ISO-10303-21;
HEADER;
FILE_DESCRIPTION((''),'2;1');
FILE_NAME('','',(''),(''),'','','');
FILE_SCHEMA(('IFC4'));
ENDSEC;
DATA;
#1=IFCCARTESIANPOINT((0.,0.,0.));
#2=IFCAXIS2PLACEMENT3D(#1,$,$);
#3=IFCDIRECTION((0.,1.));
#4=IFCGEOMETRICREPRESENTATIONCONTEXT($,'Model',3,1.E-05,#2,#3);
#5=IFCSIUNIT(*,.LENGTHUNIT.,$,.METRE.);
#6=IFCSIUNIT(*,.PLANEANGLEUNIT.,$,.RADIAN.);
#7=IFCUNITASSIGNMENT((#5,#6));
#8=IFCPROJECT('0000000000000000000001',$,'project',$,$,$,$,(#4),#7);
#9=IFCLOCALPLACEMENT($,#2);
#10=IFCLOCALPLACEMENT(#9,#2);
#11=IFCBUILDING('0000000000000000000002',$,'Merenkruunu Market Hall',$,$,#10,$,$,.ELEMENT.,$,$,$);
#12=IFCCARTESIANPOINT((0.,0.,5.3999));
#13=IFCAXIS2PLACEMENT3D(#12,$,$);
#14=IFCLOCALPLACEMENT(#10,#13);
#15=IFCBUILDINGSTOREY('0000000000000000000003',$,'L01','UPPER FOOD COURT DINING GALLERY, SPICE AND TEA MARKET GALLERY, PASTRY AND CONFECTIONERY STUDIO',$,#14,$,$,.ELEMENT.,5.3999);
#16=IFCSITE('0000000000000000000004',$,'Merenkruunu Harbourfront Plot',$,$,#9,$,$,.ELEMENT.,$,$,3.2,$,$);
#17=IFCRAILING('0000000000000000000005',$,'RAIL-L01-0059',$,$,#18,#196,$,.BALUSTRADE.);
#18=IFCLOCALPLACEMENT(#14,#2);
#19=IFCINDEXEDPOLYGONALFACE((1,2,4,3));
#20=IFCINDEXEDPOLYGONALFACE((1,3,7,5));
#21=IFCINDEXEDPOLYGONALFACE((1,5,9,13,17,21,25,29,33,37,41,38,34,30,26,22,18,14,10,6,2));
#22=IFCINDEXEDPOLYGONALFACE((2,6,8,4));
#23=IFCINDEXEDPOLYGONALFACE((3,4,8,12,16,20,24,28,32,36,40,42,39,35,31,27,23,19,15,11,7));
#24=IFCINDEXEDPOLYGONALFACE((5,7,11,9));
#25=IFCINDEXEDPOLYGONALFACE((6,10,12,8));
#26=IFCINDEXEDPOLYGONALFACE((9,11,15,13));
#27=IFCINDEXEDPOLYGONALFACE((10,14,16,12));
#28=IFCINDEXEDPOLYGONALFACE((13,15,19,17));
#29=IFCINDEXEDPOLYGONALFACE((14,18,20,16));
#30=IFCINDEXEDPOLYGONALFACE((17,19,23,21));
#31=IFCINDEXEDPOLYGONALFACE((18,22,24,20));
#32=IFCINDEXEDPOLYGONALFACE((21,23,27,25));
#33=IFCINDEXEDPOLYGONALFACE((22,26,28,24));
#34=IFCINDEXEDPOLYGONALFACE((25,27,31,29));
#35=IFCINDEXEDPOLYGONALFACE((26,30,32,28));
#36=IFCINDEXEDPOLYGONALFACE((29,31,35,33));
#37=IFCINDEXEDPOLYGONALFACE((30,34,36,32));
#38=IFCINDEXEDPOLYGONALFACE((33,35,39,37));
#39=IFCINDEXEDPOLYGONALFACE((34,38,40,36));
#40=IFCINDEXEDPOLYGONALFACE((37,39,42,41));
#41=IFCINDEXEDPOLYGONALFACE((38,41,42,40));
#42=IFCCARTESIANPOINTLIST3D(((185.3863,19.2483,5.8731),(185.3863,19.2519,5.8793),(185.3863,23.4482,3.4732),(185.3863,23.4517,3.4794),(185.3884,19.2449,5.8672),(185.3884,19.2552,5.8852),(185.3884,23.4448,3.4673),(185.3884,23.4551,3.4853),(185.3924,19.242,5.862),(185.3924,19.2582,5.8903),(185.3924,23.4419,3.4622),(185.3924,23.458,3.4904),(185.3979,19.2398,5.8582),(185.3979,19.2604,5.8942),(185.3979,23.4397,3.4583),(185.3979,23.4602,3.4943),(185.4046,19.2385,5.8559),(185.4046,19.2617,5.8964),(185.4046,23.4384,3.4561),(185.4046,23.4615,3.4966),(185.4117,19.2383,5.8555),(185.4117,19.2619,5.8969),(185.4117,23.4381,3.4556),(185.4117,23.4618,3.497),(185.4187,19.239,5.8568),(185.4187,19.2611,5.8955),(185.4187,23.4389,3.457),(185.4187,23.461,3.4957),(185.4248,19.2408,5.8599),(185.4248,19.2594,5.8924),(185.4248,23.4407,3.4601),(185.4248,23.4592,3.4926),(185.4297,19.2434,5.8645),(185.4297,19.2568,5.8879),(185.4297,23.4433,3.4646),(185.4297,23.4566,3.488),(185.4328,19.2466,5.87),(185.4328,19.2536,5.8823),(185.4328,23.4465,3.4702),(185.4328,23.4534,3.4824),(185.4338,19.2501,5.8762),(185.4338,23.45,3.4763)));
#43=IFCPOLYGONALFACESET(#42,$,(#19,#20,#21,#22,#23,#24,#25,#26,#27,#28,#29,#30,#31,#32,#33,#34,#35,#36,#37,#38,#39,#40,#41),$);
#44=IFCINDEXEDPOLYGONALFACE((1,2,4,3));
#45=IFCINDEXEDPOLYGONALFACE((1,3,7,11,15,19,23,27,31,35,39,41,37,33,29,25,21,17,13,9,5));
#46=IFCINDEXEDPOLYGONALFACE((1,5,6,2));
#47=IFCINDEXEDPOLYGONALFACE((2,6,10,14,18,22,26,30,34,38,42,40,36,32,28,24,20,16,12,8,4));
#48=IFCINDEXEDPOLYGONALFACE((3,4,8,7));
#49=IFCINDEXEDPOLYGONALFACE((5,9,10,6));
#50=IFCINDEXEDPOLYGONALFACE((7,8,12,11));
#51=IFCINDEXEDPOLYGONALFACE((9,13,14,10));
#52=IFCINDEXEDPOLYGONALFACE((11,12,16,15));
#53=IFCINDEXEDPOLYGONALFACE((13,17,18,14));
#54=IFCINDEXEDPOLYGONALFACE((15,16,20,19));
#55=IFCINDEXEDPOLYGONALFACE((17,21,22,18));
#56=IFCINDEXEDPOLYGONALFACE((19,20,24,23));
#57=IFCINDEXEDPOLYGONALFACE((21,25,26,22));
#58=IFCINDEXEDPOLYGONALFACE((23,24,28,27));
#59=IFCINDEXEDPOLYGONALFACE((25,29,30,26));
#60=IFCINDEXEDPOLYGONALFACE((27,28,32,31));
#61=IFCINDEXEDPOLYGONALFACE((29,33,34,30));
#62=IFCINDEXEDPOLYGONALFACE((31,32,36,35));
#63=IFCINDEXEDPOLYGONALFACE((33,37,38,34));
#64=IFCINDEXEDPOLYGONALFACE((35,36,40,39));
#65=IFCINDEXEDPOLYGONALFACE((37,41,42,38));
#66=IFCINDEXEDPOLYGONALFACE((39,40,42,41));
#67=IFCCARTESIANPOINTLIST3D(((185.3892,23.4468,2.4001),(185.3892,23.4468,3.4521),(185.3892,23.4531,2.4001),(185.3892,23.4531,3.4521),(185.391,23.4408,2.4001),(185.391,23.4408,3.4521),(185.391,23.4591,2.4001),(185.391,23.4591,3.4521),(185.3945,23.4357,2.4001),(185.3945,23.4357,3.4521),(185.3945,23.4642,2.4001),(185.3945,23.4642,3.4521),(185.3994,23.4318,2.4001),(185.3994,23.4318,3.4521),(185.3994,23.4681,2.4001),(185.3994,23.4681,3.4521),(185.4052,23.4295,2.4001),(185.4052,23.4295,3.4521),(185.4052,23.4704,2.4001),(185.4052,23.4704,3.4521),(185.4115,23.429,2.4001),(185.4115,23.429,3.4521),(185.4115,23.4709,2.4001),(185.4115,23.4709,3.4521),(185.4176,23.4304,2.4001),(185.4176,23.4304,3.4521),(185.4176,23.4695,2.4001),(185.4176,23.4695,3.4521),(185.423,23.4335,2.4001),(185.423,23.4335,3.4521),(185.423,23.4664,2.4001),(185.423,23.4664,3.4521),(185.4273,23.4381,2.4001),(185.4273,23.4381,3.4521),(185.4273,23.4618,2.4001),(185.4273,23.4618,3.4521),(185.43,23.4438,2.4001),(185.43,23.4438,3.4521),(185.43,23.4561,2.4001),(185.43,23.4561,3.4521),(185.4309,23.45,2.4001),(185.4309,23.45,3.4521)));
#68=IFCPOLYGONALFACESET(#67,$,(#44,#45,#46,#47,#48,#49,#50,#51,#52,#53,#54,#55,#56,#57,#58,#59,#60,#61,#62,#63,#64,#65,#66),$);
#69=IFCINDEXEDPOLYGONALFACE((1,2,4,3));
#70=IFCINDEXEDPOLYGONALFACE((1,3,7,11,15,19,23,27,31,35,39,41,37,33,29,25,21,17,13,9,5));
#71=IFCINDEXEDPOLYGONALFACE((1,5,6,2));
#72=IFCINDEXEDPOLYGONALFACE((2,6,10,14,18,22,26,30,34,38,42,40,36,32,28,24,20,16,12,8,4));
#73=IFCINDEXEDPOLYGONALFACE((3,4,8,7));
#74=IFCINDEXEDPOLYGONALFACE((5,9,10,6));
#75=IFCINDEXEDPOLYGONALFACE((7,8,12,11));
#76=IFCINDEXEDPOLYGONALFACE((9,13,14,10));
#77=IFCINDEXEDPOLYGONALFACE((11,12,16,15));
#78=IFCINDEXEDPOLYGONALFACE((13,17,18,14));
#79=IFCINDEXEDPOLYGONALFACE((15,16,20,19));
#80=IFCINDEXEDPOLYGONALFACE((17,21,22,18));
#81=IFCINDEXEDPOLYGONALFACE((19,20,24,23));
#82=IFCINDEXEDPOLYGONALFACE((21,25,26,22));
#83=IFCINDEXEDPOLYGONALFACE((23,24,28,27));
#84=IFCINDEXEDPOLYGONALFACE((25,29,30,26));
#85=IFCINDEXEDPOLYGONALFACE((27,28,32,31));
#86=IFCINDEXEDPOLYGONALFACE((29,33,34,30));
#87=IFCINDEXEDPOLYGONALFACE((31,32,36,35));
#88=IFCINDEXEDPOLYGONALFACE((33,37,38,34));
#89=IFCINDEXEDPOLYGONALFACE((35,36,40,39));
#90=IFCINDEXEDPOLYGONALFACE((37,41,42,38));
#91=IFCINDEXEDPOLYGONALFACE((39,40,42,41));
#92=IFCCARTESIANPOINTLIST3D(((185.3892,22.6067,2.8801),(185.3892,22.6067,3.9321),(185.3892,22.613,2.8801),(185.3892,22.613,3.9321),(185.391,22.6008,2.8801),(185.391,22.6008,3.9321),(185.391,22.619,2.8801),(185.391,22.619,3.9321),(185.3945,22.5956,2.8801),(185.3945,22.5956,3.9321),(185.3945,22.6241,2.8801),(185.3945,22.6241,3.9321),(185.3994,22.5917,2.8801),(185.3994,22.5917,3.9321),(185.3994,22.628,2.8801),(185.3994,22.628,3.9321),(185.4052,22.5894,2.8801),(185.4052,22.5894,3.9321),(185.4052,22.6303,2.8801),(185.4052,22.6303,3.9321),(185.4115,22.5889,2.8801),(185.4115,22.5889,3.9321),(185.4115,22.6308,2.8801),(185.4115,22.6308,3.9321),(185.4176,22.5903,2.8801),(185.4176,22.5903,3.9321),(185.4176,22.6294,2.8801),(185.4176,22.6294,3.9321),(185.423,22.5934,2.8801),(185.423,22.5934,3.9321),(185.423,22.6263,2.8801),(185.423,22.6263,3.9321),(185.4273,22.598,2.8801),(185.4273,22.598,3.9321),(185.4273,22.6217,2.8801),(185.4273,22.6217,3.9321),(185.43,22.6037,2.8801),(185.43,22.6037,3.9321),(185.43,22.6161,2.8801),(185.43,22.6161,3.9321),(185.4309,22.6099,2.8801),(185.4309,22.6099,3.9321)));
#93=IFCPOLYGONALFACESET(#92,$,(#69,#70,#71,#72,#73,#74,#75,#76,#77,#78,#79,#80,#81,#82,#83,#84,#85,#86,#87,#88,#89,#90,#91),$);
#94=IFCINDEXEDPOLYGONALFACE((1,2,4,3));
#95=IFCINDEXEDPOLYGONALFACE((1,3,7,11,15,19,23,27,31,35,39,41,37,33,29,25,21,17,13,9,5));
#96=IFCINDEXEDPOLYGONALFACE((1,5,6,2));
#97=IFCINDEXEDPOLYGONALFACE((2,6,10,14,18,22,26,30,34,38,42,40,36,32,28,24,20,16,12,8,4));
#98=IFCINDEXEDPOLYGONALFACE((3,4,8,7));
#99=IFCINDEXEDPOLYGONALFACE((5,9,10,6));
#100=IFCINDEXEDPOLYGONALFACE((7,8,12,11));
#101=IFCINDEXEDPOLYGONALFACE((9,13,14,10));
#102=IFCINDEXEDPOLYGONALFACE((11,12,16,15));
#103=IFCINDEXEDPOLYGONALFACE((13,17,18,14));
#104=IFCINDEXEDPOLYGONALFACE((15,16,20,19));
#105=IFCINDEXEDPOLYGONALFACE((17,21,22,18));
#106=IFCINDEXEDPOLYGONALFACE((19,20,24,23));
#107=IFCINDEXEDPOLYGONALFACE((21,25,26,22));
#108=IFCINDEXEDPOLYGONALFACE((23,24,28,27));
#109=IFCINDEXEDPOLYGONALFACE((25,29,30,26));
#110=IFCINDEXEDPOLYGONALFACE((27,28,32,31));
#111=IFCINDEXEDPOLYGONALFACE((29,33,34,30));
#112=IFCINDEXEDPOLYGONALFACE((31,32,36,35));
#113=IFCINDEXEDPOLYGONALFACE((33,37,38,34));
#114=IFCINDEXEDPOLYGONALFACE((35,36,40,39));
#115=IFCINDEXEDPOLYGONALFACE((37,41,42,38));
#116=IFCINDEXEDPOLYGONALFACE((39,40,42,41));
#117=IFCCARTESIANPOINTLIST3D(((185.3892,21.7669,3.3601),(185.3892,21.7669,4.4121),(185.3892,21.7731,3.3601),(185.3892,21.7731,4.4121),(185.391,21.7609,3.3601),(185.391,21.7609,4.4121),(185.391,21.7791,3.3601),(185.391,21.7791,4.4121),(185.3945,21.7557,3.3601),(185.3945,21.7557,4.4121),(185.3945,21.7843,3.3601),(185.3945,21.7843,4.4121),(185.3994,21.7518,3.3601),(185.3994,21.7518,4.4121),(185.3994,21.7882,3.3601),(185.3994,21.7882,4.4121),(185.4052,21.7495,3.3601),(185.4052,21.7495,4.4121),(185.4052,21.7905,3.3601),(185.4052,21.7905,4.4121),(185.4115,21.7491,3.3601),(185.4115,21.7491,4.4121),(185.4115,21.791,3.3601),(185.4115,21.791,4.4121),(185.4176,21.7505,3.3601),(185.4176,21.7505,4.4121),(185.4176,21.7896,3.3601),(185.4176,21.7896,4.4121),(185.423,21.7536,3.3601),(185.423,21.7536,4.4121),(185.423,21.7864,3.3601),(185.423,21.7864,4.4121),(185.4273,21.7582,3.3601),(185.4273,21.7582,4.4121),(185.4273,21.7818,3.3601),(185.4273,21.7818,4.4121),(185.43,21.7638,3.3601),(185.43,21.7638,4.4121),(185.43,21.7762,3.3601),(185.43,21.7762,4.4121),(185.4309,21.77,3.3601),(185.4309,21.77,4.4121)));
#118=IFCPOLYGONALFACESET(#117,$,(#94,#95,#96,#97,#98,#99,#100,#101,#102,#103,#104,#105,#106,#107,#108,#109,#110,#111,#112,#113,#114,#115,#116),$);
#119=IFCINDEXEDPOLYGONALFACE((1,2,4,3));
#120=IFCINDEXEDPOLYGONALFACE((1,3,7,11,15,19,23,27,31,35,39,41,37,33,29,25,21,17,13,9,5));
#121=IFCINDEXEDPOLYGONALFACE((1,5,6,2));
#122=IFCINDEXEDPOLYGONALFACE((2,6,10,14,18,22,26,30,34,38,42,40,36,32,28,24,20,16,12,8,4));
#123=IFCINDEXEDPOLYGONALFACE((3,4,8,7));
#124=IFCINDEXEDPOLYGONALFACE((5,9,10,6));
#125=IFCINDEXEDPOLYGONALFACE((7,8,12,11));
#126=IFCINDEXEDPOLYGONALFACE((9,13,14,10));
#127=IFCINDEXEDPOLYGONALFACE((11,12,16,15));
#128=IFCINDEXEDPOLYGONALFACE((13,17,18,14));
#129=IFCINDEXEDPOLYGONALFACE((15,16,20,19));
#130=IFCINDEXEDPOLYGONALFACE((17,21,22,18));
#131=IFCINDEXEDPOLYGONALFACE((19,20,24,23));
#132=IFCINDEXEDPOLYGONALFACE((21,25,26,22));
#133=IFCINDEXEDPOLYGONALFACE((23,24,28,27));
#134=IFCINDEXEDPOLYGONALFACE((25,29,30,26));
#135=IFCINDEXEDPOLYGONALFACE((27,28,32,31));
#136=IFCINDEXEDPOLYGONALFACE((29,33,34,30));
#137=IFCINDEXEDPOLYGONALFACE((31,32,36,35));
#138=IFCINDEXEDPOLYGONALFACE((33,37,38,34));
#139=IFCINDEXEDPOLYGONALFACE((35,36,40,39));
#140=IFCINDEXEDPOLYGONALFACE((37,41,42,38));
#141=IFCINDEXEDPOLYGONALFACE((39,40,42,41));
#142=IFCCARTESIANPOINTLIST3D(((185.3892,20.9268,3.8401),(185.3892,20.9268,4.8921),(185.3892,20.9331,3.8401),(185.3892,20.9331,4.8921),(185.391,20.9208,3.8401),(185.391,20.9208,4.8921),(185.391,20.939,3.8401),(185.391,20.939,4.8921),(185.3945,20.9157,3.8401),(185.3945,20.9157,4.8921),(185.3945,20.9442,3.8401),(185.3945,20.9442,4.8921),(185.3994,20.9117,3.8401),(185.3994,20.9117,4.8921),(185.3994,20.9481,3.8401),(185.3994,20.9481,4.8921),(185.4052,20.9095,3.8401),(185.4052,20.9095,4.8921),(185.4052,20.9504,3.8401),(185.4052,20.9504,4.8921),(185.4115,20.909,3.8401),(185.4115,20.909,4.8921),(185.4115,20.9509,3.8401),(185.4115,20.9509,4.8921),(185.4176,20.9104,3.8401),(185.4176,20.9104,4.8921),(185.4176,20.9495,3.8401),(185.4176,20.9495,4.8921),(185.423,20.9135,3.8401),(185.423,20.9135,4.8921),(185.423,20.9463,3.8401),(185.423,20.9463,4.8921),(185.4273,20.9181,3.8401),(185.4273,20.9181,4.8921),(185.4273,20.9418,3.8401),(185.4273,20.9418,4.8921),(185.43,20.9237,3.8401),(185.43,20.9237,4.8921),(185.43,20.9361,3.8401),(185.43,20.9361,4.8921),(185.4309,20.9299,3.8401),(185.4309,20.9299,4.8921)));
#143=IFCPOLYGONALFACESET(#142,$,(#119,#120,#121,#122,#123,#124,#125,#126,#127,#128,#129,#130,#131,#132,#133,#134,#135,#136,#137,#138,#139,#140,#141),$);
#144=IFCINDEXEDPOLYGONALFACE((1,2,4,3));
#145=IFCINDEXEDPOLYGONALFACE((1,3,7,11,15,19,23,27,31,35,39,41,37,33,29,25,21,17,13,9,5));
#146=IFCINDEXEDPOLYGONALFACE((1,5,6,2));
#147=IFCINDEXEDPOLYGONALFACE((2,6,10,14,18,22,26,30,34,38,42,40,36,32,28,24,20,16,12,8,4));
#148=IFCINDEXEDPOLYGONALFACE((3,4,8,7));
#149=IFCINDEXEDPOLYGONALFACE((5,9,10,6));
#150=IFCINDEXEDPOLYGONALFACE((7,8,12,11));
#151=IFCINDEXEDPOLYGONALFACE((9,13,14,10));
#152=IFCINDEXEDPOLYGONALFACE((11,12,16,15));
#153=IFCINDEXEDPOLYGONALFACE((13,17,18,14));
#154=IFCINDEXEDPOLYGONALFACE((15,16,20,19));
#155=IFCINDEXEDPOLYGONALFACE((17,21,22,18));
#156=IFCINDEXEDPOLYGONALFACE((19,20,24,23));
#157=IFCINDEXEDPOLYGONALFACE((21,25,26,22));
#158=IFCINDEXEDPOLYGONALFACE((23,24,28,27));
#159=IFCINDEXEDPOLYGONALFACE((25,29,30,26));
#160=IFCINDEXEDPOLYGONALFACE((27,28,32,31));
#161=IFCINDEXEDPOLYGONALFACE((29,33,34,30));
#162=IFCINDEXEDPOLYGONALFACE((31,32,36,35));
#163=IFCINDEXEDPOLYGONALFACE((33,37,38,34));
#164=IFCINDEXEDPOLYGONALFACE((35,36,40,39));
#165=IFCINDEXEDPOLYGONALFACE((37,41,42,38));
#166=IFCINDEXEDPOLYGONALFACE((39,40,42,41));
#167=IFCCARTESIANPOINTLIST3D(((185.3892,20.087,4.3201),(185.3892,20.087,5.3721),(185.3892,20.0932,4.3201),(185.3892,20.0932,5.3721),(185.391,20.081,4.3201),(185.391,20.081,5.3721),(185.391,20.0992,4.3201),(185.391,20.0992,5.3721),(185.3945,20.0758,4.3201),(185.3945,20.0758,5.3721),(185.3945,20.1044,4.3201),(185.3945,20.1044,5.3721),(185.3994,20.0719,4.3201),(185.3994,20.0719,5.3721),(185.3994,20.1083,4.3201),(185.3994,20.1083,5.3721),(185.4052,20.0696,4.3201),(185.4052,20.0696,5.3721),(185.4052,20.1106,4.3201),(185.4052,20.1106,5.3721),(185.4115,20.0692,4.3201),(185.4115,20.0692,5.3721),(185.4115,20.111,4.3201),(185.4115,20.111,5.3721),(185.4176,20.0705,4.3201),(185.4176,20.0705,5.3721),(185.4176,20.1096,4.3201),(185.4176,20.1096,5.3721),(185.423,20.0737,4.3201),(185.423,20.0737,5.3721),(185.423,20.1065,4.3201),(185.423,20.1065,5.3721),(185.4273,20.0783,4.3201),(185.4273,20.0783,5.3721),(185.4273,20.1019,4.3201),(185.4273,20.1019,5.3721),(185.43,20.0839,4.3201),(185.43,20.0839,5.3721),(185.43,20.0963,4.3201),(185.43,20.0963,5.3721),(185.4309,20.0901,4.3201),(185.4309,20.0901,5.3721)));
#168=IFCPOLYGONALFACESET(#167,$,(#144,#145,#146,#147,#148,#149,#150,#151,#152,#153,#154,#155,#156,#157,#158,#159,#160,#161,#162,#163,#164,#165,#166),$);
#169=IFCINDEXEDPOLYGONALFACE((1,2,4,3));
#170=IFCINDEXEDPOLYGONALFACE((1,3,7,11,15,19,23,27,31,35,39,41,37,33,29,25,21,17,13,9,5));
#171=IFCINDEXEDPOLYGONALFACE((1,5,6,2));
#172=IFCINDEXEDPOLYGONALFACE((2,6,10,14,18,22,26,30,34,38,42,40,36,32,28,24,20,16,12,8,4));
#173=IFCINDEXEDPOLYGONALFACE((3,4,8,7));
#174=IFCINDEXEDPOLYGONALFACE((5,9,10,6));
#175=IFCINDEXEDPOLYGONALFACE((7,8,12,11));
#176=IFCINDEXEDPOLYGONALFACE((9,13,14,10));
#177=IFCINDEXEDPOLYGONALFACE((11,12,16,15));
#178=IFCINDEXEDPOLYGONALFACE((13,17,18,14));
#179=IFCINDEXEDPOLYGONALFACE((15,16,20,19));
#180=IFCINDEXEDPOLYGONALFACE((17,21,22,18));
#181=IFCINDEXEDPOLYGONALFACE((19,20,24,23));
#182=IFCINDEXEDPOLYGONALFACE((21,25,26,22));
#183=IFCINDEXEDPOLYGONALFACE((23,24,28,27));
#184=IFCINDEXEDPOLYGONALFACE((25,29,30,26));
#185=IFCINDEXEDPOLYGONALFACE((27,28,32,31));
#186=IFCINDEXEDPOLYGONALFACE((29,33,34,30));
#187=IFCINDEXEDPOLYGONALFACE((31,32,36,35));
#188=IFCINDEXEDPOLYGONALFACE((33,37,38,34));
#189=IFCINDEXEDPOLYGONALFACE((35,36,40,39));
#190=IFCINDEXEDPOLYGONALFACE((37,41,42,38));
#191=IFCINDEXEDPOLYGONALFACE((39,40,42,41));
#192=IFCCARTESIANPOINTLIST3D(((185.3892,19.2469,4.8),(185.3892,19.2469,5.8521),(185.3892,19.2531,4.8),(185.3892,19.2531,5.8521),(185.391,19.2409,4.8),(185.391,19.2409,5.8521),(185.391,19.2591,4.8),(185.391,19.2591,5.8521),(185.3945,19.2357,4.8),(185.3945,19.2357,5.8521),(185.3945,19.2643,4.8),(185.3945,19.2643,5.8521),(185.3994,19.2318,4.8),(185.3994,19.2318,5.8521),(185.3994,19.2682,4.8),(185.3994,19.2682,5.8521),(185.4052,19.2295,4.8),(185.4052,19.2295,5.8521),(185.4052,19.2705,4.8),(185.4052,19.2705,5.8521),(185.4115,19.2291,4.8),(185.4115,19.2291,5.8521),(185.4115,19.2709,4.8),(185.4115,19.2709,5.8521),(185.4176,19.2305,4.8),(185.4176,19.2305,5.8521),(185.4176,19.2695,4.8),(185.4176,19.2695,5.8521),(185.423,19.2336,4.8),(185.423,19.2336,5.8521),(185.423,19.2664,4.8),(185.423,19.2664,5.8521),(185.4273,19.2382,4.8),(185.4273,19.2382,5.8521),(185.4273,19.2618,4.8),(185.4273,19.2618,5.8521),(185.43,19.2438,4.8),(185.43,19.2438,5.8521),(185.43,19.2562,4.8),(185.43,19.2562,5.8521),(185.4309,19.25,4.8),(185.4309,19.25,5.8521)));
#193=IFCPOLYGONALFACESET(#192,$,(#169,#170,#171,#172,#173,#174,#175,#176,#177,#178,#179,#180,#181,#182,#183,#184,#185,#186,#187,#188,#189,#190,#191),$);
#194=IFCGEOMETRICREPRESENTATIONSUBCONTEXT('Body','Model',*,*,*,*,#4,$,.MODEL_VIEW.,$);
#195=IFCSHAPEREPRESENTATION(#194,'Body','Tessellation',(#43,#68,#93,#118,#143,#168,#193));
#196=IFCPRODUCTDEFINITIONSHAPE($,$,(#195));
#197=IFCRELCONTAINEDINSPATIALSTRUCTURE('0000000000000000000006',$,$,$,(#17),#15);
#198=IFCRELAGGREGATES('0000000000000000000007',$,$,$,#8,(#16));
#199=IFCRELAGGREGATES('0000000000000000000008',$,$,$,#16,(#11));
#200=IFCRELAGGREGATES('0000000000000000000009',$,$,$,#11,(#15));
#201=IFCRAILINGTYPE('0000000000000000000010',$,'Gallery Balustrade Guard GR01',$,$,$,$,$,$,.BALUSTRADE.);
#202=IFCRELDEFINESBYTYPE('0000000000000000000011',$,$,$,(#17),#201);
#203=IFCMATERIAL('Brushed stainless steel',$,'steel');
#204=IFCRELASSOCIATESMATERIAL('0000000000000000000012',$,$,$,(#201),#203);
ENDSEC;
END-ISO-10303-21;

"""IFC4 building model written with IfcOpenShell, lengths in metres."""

from ifc_helpers import new_model, si_unit, direction, frame, origin, origin_2d, place, context, subcontext, project, spatial, circle, extrude, material, type_object, element, save


model = new_model("IFC4")

# Units and contexts
model_context = context("Model", 3, precision=1e-05, world=origin(), true_north=direction((0.0, 1.0)))
body_context = subcontext(model_context, "Body", "Model", "MODEL_VIEW")
ifc_project = project(units=[si_unit("LENGTHUNIT", "METRE"), si_unit("PLANEANGLEUNIT", "RADIAN")], contexts=[model_context])

# Site, building, storey
site_placement = place(None, origin())
site = spatial("IfcSite", under=ifc_project, at=site_placement, Name="Merenkruunu Harbourfront Plot", CompositionType="ELEMENT", RefElevation=3.2)
building_placement = place(site_placement, origin())
building = spatial("IfcBuilding", under=site, at=building_placement, Name="Merenkruunu Market Hall", CompositionType="ELEMENT")
storey_placement = place(building_placement, frame((0.0, 0.0, 5.3999)))
storey = spatial("IfcBuildingStorey", under=building, at=storey_placement, Name="L01", Description="UPPER FOOD COURT DINING GALLERY, SPICE AND TEA MARKET GALLERY, PASTRY AND CONFECTIONERY STUDIO", CompositionType="ELEMENT", Elevation=5.3999)

# Shared definitions
ifc_material_1 = material(Name="Brushed stainless steel", Category="steel")

# Railing
railing_type_1 = type_object("IfcRailingType", Name="Gallery Balustrade Guard GR01", PredefinedType="BALUSTRADE", material=ifc_material_1)
railing_1_placement = place(storey_placement, frame((185.4099, 23.45, 2.4001)))
element("IfcRailing", 1, at=railing_1_placement, inside=storey, type_object=railing_type_1, Name="RAIL-L01-0059", PredefinedType="BALUSTRADE", context=body_context, shape_type="SweptSolid", body=[
    extrude(circle(Radius=0.0239, at=origin_2d()), frame((0.0, 0.0, 1.0762), z_axis=(0.0, -0.868249, 0.496128), x_axis=(1.0, 0.0, 0.0)), (0.0, 0.0, 1.0), 4.8372),
    extrude(circle(Radius=0.021, at=origin_2d()), origin(), (0.0, 0.0, 1.0), 1.052),
    extrude(circle(Radius=0.021, at=origin_2d()), frame((0.0, -0.8401, 0.48)), (0.0, 0.0, 1.0), 1.052),
    extrude(circle(Radius=0.021, at=origin_2d()), frame((0.0, -1.6799, 0.96)), (0.0, 0.0, 1.0), 1.052),
    extrude(circle(Radius=0.021, at=origin_2d()), frame((0.0, -2.52, 1.4399)), (0.0, 0.0, 1.0), 1.052),
    extrude(circle(Radius=0.021, at=origin_2d()), frame((0.0, -3.3599, 1.9199)), (0.0, 0.0, 1.0), 1.052),
    extrude(circle(Radius=0.021, at=origin_2d()), frame((0.0, -4.2, 2.3999)), (0.0, 0.0, 1.0), 1.052),
])

save(model, "model.ifc")
